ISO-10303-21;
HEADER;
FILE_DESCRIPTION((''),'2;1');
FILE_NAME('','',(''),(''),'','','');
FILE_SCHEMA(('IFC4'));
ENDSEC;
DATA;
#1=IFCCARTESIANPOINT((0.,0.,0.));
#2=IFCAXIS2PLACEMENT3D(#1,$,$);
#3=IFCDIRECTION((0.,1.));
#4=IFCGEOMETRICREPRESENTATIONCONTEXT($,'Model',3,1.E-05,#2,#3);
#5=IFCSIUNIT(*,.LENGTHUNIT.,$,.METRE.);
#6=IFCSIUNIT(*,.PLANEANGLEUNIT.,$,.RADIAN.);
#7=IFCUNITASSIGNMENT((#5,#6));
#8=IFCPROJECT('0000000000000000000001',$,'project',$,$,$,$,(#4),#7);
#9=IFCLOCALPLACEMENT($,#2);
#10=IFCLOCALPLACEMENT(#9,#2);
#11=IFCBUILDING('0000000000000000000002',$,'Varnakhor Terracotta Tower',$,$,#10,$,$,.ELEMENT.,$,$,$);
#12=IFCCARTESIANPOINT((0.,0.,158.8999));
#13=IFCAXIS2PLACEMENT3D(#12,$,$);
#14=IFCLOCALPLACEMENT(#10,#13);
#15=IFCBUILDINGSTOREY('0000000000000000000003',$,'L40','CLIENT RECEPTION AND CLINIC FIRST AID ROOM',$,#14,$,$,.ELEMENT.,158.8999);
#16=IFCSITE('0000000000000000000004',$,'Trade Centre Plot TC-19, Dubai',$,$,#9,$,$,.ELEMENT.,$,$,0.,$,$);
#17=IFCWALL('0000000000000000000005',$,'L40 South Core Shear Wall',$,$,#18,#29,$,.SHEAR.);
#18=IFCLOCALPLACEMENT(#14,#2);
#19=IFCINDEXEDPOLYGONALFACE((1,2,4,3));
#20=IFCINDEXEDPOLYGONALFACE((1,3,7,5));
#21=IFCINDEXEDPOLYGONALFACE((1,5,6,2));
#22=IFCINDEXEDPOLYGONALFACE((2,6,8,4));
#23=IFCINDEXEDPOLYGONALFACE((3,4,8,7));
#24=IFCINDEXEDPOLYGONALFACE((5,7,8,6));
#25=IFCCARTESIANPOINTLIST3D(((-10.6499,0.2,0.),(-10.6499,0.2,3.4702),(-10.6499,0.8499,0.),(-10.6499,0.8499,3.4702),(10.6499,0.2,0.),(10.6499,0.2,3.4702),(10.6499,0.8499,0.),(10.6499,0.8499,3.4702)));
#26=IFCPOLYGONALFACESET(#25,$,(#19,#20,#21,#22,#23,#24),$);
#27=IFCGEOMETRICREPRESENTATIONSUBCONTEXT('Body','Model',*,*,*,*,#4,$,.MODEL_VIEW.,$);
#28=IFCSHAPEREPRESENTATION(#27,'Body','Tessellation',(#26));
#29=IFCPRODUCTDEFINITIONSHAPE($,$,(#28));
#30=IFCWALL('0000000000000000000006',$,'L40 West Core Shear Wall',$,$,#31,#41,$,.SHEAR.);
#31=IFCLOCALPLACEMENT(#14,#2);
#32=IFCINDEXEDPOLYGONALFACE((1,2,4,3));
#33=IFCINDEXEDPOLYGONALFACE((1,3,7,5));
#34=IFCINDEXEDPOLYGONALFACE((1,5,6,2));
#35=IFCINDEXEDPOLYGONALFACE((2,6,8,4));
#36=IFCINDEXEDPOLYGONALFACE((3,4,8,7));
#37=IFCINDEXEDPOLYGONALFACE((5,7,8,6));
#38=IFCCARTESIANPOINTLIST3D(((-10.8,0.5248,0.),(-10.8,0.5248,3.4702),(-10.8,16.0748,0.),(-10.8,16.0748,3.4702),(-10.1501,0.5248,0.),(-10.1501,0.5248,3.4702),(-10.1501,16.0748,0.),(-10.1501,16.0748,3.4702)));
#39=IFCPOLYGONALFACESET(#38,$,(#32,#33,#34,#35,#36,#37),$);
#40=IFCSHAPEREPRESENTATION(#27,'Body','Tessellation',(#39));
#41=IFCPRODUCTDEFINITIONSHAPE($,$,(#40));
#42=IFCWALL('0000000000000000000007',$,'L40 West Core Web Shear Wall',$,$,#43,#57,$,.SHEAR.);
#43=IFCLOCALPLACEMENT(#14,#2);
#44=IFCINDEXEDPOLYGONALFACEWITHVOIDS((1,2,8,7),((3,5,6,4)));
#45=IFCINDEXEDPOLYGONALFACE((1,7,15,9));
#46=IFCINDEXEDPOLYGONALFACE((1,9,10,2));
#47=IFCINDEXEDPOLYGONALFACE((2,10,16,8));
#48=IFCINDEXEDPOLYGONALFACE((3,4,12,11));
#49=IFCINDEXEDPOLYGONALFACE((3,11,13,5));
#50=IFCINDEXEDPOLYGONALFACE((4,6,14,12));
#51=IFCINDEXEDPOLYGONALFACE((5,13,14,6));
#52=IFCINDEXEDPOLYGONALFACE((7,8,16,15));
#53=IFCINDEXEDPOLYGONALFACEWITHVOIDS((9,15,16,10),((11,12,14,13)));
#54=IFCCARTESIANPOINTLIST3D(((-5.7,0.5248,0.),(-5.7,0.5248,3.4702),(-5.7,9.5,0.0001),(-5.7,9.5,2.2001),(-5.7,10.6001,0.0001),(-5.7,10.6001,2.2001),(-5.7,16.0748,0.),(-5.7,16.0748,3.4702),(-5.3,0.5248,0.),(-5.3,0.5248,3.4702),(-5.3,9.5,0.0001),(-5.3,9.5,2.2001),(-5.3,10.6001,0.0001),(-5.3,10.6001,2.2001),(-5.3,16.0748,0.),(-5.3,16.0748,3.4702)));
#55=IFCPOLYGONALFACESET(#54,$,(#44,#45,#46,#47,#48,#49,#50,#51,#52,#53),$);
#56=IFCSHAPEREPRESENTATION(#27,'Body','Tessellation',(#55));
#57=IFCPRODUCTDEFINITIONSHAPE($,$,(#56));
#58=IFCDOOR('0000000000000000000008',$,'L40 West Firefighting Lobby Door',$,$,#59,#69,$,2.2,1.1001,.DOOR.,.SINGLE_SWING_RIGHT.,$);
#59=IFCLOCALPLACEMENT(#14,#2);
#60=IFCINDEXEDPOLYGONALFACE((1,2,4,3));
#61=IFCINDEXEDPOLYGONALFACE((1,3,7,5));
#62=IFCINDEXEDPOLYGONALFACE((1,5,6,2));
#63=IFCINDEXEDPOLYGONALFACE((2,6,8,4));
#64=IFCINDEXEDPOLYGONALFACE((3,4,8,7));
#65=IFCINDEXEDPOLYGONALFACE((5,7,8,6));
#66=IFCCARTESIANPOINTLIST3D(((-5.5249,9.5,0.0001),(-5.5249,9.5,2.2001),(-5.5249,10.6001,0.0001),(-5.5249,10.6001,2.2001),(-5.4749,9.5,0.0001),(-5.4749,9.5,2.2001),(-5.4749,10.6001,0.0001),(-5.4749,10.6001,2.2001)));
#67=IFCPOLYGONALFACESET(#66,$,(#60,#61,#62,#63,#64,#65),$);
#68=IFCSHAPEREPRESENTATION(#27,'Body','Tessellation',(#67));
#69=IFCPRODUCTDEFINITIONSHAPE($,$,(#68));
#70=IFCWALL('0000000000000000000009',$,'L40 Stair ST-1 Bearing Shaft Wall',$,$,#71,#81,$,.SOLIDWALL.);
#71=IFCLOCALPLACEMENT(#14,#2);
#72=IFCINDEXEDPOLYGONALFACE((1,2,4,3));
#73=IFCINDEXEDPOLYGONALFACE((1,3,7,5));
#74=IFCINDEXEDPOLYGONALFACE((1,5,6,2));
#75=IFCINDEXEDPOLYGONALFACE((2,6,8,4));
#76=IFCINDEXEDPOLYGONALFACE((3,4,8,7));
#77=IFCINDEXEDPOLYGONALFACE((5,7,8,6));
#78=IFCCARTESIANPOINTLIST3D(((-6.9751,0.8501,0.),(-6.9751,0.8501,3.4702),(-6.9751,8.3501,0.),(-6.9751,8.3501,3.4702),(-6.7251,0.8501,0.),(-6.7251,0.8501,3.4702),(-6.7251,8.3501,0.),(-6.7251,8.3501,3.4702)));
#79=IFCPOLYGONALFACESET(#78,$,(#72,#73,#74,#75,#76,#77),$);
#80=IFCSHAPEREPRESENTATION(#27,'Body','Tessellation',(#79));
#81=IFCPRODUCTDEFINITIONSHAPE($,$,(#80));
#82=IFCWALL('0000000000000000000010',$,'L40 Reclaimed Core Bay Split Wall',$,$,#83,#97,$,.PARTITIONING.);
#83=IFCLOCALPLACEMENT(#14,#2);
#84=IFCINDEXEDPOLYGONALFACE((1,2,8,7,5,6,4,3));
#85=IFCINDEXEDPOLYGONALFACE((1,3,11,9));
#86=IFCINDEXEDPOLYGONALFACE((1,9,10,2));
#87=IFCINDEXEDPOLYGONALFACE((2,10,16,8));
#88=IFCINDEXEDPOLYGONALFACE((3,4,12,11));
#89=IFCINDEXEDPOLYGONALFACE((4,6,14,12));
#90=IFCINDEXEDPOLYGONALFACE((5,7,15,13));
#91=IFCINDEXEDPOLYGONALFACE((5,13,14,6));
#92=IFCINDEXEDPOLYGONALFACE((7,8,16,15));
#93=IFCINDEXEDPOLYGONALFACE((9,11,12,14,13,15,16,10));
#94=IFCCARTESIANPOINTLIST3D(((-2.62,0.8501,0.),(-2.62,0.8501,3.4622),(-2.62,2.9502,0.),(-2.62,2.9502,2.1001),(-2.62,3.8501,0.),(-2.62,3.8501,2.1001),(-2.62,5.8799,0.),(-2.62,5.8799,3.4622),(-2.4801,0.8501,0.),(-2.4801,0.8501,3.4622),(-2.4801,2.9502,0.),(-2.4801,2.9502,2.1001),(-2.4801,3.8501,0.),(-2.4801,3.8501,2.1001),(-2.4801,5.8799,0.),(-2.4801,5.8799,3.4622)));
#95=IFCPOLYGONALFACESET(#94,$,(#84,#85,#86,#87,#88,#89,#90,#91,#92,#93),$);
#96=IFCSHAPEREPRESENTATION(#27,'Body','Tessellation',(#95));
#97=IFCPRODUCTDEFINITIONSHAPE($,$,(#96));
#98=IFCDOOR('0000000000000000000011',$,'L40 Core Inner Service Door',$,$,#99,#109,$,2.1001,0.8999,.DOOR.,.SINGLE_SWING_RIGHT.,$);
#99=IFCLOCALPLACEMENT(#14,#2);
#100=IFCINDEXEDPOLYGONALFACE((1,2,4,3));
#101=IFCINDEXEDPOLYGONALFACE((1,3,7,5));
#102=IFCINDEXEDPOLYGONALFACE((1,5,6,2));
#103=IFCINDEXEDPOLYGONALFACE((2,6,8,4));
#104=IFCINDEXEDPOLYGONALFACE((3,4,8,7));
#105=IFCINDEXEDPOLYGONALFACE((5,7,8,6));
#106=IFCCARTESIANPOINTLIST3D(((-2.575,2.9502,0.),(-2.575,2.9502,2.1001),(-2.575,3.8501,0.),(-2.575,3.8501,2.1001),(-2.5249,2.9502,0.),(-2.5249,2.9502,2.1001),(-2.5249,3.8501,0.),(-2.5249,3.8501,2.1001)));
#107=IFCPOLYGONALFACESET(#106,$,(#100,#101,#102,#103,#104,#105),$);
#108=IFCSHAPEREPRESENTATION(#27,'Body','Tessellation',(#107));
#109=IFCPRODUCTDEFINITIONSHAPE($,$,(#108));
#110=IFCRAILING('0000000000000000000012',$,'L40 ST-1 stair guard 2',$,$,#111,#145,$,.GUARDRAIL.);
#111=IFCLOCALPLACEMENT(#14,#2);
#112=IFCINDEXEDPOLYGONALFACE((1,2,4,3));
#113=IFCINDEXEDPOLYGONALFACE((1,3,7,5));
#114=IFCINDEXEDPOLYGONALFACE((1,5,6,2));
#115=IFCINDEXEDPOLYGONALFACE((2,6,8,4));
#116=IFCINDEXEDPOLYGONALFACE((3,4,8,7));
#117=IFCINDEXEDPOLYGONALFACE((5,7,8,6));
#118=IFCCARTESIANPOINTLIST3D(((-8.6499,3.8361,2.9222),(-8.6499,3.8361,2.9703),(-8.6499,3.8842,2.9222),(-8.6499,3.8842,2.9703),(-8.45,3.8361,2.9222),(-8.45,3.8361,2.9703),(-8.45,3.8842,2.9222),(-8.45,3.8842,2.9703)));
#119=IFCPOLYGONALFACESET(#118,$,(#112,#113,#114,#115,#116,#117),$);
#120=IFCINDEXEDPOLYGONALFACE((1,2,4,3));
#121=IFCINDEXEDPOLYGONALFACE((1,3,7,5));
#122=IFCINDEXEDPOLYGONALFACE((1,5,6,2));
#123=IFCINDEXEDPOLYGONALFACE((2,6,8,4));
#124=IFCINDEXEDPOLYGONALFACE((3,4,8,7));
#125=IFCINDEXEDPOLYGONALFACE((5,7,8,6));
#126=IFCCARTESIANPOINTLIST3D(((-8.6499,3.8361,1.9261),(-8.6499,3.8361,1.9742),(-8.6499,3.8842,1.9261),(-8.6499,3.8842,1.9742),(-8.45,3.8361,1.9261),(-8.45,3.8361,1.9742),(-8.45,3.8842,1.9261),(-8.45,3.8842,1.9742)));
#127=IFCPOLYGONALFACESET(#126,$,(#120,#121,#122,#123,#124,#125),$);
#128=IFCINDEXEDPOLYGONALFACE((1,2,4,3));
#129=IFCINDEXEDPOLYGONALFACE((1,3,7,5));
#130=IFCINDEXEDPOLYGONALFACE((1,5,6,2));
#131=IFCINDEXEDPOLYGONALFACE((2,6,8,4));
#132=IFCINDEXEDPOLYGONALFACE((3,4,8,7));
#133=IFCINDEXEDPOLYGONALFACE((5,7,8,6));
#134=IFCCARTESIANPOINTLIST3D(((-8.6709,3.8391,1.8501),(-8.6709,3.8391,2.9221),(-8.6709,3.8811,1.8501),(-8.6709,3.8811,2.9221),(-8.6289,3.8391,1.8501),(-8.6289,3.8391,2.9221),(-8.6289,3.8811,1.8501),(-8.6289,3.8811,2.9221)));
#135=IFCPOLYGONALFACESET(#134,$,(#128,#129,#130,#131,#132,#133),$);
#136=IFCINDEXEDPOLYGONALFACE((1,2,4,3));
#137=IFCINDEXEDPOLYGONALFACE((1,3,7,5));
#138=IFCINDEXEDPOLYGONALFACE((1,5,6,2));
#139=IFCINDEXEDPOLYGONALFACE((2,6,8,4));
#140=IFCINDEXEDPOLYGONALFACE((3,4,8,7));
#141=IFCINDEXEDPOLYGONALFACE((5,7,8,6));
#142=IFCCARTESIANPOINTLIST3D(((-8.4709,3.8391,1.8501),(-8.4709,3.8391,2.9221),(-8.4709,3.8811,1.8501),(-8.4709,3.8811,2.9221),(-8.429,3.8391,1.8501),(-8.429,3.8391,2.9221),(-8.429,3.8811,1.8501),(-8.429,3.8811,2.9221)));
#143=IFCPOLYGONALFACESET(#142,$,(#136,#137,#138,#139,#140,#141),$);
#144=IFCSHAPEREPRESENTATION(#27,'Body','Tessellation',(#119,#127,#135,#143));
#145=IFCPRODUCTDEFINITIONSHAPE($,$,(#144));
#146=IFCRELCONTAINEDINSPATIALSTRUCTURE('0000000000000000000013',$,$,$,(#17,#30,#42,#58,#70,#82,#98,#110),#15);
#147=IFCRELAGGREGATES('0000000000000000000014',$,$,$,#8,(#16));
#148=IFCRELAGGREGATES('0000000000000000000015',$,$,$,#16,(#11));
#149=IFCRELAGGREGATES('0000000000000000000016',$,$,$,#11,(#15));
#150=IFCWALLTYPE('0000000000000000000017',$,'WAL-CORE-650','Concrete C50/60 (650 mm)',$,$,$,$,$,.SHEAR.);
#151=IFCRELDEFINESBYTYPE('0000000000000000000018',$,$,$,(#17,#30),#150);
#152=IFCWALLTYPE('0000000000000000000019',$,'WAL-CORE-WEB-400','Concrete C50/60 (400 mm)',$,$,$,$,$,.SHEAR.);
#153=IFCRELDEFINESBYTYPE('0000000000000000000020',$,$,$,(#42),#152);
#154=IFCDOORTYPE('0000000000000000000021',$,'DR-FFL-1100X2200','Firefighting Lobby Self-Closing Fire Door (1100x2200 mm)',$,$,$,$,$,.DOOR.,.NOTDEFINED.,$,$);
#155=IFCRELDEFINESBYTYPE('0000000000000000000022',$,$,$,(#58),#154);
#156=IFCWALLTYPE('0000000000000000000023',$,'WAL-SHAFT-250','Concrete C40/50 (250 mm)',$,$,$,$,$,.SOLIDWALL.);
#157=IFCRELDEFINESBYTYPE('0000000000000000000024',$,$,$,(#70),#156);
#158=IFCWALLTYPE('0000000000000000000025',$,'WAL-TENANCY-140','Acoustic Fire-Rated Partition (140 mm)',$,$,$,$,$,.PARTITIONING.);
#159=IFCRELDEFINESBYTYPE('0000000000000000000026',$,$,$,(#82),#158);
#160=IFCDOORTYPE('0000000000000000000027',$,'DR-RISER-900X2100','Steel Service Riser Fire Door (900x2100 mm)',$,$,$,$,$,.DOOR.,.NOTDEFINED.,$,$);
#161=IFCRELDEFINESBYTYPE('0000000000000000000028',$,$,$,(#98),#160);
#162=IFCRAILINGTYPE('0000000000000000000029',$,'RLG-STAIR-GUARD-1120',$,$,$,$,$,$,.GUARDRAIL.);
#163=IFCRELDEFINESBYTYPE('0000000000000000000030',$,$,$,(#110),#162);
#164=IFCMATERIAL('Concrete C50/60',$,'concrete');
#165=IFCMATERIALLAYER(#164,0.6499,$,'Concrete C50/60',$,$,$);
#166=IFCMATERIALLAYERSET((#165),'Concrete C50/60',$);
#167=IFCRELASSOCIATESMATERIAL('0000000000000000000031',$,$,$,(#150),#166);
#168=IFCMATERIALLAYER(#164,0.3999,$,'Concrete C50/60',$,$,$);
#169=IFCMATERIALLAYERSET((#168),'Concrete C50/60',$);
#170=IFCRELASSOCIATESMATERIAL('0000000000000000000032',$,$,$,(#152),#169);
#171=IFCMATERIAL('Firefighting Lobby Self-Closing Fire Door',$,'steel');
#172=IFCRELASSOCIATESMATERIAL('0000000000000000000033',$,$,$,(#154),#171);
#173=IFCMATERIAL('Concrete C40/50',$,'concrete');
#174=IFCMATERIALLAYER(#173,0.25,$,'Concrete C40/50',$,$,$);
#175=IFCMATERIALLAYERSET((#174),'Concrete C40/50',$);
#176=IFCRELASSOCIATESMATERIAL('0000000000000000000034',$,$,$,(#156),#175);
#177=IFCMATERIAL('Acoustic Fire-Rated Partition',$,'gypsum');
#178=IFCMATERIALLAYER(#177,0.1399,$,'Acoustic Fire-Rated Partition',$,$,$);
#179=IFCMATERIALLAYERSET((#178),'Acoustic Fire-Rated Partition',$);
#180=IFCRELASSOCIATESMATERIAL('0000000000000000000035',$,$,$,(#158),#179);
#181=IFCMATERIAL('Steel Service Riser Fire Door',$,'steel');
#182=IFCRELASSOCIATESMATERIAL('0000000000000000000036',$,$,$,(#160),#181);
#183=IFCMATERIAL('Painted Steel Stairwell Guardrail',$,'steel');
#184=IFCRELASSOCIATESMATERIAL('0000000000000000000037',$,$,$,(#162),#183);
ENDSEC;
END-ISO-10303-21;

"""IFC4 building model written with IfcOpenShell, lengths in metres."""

from ifc_helpers import new_model, si_unit, direction, frame, frame_2d, origin, origin_2d, place, context, subcontext, project, spatial, rectangle, extrude, source, transform, mapped, material, layer, layer_set, type_object, type_shapes, element, fill, save


model = new_model("IFC4")

# Units and contexts
model_context = context("Model", 3, precision=1e-05, world=origin(), true_north=direction((0.0, 1.0)))
body_context = subcontext(model_context, "Body", "Model", "MODEL_VIEW")
ifc_project = project(units=[si_unit("LENGTHUNIT", "METRE"), si_unit("PLANEANGLEUNIT", "RADIAN")], contexts=[model_context])

# Site, building, storey
site_placement = place(None, origin())
site = spatial("IfcSite", under=ifc_project, at=site_placement, Name="Trade Centre Plot TC-19, Dubai", CompositionType="ELEMENT", RefElevation=0.0)
building_placement = place(site_placement, origin())
building = spatial("IfcBuilding", under=site, at=building_placement, Name="Varnakhor Terracotta Tower", CompositionType="ELEMENT")
storey_placement = place(building_placement, frame((0.0, 0.0, 158.8999)))
storey = spatial("IfcBuildingStorey", under=building, at=storey_placement, Name="L40", Description="CLIENT RECEPTION AND CLINIC FIRST AID ROOM", CompositionType="ELEMENT", Elevation=158.8999)

# Shared definitions
ifc_material_1 = material(Name="Concrete C50/60", Category="concrete")

# Walls
ifc_layer_1 = layer(ifc_material_1, 0.6499, Name="Concrete C50/60")
ifc_layer_set_1 = layer_set([ifc_layer_1], Name="Concrete C50/60")
wall_type_1 = type_object("IfcWallType", Name="WAL-CORE-650", Description="Concrete C50/60 (650 mm)", PredefinedType="SHEAR", material=ifc_layer_set_1)
wall_1_placement = place(storey_placement, frame((-10.6499, 0.5249, 0.0), z_axis=(0.0, 0.0, 1.0), x_axis=(1.0, 0.0, 0.0)))
element("IfcWall", 1, at=wall_1_placement, inside=storey, type_object=wall_type_1, Name="L40 South Core Shear Wall", PredefinedType="SHEAR", context=body_context, shape_type="SweptSolid", body=[
    extrude(rectangle(XDim=21.2998, YDim=0.6499, at=frame_2d((10.6499, 0.0))), origin(), (0.0, 0.0, 1.0), 3.4702),
])
wall_2_placement = place(storey_placement, frame((-10.4751, 0.5249, 0.0), z_axis=(0.0, 0.0, 1.0), x_axis=(0.0, 1.0, 0.0)))
element("IfcWall", 2, at=wall_2_placement, inside=storey, type_object=wall_type_1, Name="L40 West Core Shear Wall", PredefinedType="SHEAR", context=body_context, shape_type="SweptSolid", body=[
    extrude(rectangle(XDim=15.55, YDim=0.6499, at=frame_2d((7.7749, 0.0))), origin(), (0.0, 0.0, 1.0), 3.4702),
])

# Wall, opening, door
ifc_layer_2 = layer(ifc_material_1, 0.3999, Name="Concrete C50/60")
ifc_layer_set_2 = layer_set([ifc_layer_2], Name="Concrete C50/60")
wall_type_2 = type_object("IfcWallType", Name="WAL-CORE-WEB-400", Description="Concrete C50/60 (400 mm)", PredefinedType="SHEAR", material=ifc_layer_set_2)
wall_3_placement = place(storey_placement, frame((-5.5, 0.5249, 0.0), z_axis=(0.0, 0.0, 1.0), x_axis=(0.0, 1.0, 0.0)))
wall_3 = element("IfcWall", 3, at=wall_3_placement, inside=storey, type_object=wall_type_2, Name="L40 West Core Web Shear Wall", PredefinedType="SHEAR", context=body_context, shape_type="SweptSolid", body=[
    extrude(rectangle(XDim=15.55, YDim=0.3999, at=frame_2d((7.7749, 0.0))), origin(), (0.0, 0.0, 1.0), 3.4702),
])
opening_1_placement = place(wall_3_placement, frame((8.9751, 0.0, 0.0)))
opening_1 = element("IfcOpeningElement", 4, at=opening_1_placement, cuts=wall_3, PredefinedType="OPENING", context=body_context, shape_type="SweptSolid", body=[
    extrude(rectangle(XDim=1.1001, YDim=2.2, at=frame_2d((0.55, 1.1001))), frame((0.0, 0.21, 0.0), z_axis=(0.0, -1.0, 0.0), x_axis=(1.0, 0.0, 0.0)), (0.0, 0.0, 1.0), 0.4199),
])
ifc_material_2 = material(Name="Firefighting Lobby Self-Closing Fire Door", Category="steel")
door_type_1 = type_object("IfcDoorType", Name="DR-FFL-1100X2200", Description="Firefighting Lobby Self-Closing Fire Door (1100x2200 mm)", OperationType="NOTDEFINED", PredefinedType="DOOR", material=ifc_material_2)
shared_shape_1 = source(origin(), body_context, "Body", "SweptSolid", [
    extrude(rectangle(XDim=1.1001, YDim=2.2, at=frame_2d((0.55, 1.1001))), frame((0.0, 0.0249, 0.0), z_axis=(0.0, -1.0, 0.0), x_axis=(1.0, 0.0, 0.0)), (0.0, 0.0, 1.0), 0.05),
])
type_shapes(door_type_1, [shared_shape_1])
door_1_placement = place(opening_1_placement, origin())
door_1 = element("IfcDoor", 5, at=door_1_placement, inside=storey, type_object=door_type_1, Name="L40 West Firefighting Lobby Door", OperationType="SINGLE_SWING_RIGHT", OverallHeight=2.2, OverallWidth=1.1001, PredefinedType="DOOR", context=body_context, shape_type="MappedRepresentation", body=[
    mapped(shared_shape_1, transform((0.0, 0.0, 0.0), scale=1.0)),
])
fill(opening_1, door_1)

# Wall
ifc_material_3 = material(Name="Concrete C40/50", Category="concrete")
ifc_layer_3 = layer(ifc_material_3, 0.25, Name="Concrete C40/50")
ifc_layer_set_3 = layer_set([ifc_layer_3], Name="Concrete C40/50")
wall_type_3 = type_object("IfcWallType", Name="WAL-SHAFT-250", Description="Concrete C40/50 (250 mm)", PredefinedType="SOLIDWALL", material=ifc_layer_set_3)
wall_4_placement = place(storey_placement, frame((-6.8501, 0.8501, 0.0), z_axis=(0.0, 0.0, 1.0), x_axis=(0.0, 1.0, 0.0)))
element("IfcWall", 6, at=wall_4_placement, inside=storey, type_object=wall_type_3, Name="L40 Stair ST-1 Bearing Shaft Wall", PredefinedType="SOLIDWALL", context=body_context, shape_type="SweptSolid", body=[
    extrude(rectangle(XDim=7.5, YDim=0.25, at=frame_2d((3.75, 0.0))), origin(), (0.0, 0.0, 1.0), 3.4702),
])

# Wall, opening, door
ifc_material_4 = material(Name="Acoustic Fire-Rated Partition", Category="gypsum")
ifc_layer_4 = layer(ifc_material_4, 0.1399, Name="Acoustic Fire-Rated Partition")
ifc_layer_set_4 = layer_set([ifc_layer_4], Name="Acoustic Fire-Rated Partition")
wall_type_4 = type_object("IfcWallType", Name="WAL-TENANCY-140", Description="Acoustic Fire-Rated Partition (140 mm)", PredefinedType="PARTITIONING", material=ifc_layer_set_4)
wall_5_placement = place(storey_placement, frame((-2.55, 0.8501, 0.0), z_axis=(0.0, 0.0, 1.0), x_axis=(0.0, 1.0, 0.0)))
wall_5 = element("IfcWall", 7, at=wall_5_placement, inside=storey, type_object=wall_type_4, Name="L40 Reclaimed Core Bay Split Wall", PredefinedType="PARTITIONING", context=body_context, shape_type="SweptSolid", body=[
    extrude(rectangle(XDim=5.0298, YDim=0.1399, at=frame_2d((2.5149, 0.0))), origin(), (0.0, 0.0, 1.0), 3.4622),
])
opening_2_placement = place(wall_5_placement, frame((2.1001, 0.0, 0.0)))
opening_2 = element("IfcOpeningElement", 8, at=opening_2_placement, cuts=wall_5, PredefinedType="OPENING", context=body_context, shape_type="SweptSolid", body=[
    extrude(rectangle(XDim=0.8999, YDim=2.1001, at=frame_2d((0.45, 1.05))), frame((0.0, 0.0801, 0.0), z_axis=(0.0, -1.0, 0.0), x_axis=(1.0, 0.0, 0.0)), (0.0, 0.0, 1.0), 0.1599),
])
ifc_material_5 = material(Name="Steel Service Riser Fire Door", Category="steel")
door_type_2 = type_object("IfcDoorType", Name="DR-RISER-900X2100", Description="Steel Service Riser Fire Door (900x2100 mm)", OperationType="NOTDEFINED", PredefinedType="DOOR", material=ifc_material_5)
shared_shape_2 = source(origin(), body_context, "Body", "SweptSolid", [
    extrude(rectangle(XDim=0.8999, YDim=2.1001, at=frame_2d((0.45, 1.05))), frame((0.0, 0.0249, 0.0), z_axis=(0.0, -1.0, 0.0), x_axis=(1.0, 0.0, 0.0)), (0.0, 0.0, 1.0), 0.05),
])
type_shapes(door_type_2, [shared_shape_2])
door_2_placement = place(opening_2_placement, origin())
door_2 = element("IfcDoor", 9, at=door_2_placement, inside=storey, type_object=door_type_2, Name="L40 Core Inner Service Door", OperationType="SINGLE_SWING_RIGHT", OverallHeight=2.1001, OverallWidth=0.8999, PredefinedType="DOOR", context=body_context, shape_type="MappedRepresentation", body=[
    mapped(shared_shape_2, transform((0.0, 0.0, 0.0), scale=1.0)),
])
fill(opening_2, door_2)

# Railing
ifc_material_6 = material(Name="Painted Steel Stairwell Guardrail", Category="steel")
railing_type = type_object("IfcRailingType", Name="RLG-STAIR-GUARD-1120", PredefinedType="GUARDRAIL", material=ifc_material_6)
railing_placement = place(storey_placement, frame((-8.6499, 3.8601, 1.8501)))
element("IfcRailing", 10, at=railing_placement, inside=storey, type_object=railing_type, Name="L40 ST-1 stair guard 2", PredefinedType="GUARDRAIL", context=body_context, shape_type="SweptSolid", body=[
    extrude(rectangle(XDim=0.0481, YDim=0.0481, at=origin_2d()), frame((0.0, 0.0, 1.0962), z_axis=(1.0, 0.0, 0.0), x_axis=(0.0, 1.0, 0.0)), (0.0, 0.0, 1.0), 0.2),
    extrude(rectangle(XDim=0.0481, YDim=0.0481, at=origin_2d()), frame((0.0, 0.0, 0.1001), z_axis=(1.0, 0.0, 0.0), x_axis=(0.0, 1.0, 0.0)), (0.0, 0.0, 1.0), 0.2),
    extrude(rectangle(XDim=0.042, YDim=0.042, at=origin_2d()), origin(), (0.0, 0.0, 1.0), 1.072),
    extrude(rectangle(XDim=0.042, YDim=0.042, at=origin_2d()), frame((0.2, 0.0, 0.0)), (0.0, 0.0, 1.0), 1.072),
])

save(model, "model.ifc")
